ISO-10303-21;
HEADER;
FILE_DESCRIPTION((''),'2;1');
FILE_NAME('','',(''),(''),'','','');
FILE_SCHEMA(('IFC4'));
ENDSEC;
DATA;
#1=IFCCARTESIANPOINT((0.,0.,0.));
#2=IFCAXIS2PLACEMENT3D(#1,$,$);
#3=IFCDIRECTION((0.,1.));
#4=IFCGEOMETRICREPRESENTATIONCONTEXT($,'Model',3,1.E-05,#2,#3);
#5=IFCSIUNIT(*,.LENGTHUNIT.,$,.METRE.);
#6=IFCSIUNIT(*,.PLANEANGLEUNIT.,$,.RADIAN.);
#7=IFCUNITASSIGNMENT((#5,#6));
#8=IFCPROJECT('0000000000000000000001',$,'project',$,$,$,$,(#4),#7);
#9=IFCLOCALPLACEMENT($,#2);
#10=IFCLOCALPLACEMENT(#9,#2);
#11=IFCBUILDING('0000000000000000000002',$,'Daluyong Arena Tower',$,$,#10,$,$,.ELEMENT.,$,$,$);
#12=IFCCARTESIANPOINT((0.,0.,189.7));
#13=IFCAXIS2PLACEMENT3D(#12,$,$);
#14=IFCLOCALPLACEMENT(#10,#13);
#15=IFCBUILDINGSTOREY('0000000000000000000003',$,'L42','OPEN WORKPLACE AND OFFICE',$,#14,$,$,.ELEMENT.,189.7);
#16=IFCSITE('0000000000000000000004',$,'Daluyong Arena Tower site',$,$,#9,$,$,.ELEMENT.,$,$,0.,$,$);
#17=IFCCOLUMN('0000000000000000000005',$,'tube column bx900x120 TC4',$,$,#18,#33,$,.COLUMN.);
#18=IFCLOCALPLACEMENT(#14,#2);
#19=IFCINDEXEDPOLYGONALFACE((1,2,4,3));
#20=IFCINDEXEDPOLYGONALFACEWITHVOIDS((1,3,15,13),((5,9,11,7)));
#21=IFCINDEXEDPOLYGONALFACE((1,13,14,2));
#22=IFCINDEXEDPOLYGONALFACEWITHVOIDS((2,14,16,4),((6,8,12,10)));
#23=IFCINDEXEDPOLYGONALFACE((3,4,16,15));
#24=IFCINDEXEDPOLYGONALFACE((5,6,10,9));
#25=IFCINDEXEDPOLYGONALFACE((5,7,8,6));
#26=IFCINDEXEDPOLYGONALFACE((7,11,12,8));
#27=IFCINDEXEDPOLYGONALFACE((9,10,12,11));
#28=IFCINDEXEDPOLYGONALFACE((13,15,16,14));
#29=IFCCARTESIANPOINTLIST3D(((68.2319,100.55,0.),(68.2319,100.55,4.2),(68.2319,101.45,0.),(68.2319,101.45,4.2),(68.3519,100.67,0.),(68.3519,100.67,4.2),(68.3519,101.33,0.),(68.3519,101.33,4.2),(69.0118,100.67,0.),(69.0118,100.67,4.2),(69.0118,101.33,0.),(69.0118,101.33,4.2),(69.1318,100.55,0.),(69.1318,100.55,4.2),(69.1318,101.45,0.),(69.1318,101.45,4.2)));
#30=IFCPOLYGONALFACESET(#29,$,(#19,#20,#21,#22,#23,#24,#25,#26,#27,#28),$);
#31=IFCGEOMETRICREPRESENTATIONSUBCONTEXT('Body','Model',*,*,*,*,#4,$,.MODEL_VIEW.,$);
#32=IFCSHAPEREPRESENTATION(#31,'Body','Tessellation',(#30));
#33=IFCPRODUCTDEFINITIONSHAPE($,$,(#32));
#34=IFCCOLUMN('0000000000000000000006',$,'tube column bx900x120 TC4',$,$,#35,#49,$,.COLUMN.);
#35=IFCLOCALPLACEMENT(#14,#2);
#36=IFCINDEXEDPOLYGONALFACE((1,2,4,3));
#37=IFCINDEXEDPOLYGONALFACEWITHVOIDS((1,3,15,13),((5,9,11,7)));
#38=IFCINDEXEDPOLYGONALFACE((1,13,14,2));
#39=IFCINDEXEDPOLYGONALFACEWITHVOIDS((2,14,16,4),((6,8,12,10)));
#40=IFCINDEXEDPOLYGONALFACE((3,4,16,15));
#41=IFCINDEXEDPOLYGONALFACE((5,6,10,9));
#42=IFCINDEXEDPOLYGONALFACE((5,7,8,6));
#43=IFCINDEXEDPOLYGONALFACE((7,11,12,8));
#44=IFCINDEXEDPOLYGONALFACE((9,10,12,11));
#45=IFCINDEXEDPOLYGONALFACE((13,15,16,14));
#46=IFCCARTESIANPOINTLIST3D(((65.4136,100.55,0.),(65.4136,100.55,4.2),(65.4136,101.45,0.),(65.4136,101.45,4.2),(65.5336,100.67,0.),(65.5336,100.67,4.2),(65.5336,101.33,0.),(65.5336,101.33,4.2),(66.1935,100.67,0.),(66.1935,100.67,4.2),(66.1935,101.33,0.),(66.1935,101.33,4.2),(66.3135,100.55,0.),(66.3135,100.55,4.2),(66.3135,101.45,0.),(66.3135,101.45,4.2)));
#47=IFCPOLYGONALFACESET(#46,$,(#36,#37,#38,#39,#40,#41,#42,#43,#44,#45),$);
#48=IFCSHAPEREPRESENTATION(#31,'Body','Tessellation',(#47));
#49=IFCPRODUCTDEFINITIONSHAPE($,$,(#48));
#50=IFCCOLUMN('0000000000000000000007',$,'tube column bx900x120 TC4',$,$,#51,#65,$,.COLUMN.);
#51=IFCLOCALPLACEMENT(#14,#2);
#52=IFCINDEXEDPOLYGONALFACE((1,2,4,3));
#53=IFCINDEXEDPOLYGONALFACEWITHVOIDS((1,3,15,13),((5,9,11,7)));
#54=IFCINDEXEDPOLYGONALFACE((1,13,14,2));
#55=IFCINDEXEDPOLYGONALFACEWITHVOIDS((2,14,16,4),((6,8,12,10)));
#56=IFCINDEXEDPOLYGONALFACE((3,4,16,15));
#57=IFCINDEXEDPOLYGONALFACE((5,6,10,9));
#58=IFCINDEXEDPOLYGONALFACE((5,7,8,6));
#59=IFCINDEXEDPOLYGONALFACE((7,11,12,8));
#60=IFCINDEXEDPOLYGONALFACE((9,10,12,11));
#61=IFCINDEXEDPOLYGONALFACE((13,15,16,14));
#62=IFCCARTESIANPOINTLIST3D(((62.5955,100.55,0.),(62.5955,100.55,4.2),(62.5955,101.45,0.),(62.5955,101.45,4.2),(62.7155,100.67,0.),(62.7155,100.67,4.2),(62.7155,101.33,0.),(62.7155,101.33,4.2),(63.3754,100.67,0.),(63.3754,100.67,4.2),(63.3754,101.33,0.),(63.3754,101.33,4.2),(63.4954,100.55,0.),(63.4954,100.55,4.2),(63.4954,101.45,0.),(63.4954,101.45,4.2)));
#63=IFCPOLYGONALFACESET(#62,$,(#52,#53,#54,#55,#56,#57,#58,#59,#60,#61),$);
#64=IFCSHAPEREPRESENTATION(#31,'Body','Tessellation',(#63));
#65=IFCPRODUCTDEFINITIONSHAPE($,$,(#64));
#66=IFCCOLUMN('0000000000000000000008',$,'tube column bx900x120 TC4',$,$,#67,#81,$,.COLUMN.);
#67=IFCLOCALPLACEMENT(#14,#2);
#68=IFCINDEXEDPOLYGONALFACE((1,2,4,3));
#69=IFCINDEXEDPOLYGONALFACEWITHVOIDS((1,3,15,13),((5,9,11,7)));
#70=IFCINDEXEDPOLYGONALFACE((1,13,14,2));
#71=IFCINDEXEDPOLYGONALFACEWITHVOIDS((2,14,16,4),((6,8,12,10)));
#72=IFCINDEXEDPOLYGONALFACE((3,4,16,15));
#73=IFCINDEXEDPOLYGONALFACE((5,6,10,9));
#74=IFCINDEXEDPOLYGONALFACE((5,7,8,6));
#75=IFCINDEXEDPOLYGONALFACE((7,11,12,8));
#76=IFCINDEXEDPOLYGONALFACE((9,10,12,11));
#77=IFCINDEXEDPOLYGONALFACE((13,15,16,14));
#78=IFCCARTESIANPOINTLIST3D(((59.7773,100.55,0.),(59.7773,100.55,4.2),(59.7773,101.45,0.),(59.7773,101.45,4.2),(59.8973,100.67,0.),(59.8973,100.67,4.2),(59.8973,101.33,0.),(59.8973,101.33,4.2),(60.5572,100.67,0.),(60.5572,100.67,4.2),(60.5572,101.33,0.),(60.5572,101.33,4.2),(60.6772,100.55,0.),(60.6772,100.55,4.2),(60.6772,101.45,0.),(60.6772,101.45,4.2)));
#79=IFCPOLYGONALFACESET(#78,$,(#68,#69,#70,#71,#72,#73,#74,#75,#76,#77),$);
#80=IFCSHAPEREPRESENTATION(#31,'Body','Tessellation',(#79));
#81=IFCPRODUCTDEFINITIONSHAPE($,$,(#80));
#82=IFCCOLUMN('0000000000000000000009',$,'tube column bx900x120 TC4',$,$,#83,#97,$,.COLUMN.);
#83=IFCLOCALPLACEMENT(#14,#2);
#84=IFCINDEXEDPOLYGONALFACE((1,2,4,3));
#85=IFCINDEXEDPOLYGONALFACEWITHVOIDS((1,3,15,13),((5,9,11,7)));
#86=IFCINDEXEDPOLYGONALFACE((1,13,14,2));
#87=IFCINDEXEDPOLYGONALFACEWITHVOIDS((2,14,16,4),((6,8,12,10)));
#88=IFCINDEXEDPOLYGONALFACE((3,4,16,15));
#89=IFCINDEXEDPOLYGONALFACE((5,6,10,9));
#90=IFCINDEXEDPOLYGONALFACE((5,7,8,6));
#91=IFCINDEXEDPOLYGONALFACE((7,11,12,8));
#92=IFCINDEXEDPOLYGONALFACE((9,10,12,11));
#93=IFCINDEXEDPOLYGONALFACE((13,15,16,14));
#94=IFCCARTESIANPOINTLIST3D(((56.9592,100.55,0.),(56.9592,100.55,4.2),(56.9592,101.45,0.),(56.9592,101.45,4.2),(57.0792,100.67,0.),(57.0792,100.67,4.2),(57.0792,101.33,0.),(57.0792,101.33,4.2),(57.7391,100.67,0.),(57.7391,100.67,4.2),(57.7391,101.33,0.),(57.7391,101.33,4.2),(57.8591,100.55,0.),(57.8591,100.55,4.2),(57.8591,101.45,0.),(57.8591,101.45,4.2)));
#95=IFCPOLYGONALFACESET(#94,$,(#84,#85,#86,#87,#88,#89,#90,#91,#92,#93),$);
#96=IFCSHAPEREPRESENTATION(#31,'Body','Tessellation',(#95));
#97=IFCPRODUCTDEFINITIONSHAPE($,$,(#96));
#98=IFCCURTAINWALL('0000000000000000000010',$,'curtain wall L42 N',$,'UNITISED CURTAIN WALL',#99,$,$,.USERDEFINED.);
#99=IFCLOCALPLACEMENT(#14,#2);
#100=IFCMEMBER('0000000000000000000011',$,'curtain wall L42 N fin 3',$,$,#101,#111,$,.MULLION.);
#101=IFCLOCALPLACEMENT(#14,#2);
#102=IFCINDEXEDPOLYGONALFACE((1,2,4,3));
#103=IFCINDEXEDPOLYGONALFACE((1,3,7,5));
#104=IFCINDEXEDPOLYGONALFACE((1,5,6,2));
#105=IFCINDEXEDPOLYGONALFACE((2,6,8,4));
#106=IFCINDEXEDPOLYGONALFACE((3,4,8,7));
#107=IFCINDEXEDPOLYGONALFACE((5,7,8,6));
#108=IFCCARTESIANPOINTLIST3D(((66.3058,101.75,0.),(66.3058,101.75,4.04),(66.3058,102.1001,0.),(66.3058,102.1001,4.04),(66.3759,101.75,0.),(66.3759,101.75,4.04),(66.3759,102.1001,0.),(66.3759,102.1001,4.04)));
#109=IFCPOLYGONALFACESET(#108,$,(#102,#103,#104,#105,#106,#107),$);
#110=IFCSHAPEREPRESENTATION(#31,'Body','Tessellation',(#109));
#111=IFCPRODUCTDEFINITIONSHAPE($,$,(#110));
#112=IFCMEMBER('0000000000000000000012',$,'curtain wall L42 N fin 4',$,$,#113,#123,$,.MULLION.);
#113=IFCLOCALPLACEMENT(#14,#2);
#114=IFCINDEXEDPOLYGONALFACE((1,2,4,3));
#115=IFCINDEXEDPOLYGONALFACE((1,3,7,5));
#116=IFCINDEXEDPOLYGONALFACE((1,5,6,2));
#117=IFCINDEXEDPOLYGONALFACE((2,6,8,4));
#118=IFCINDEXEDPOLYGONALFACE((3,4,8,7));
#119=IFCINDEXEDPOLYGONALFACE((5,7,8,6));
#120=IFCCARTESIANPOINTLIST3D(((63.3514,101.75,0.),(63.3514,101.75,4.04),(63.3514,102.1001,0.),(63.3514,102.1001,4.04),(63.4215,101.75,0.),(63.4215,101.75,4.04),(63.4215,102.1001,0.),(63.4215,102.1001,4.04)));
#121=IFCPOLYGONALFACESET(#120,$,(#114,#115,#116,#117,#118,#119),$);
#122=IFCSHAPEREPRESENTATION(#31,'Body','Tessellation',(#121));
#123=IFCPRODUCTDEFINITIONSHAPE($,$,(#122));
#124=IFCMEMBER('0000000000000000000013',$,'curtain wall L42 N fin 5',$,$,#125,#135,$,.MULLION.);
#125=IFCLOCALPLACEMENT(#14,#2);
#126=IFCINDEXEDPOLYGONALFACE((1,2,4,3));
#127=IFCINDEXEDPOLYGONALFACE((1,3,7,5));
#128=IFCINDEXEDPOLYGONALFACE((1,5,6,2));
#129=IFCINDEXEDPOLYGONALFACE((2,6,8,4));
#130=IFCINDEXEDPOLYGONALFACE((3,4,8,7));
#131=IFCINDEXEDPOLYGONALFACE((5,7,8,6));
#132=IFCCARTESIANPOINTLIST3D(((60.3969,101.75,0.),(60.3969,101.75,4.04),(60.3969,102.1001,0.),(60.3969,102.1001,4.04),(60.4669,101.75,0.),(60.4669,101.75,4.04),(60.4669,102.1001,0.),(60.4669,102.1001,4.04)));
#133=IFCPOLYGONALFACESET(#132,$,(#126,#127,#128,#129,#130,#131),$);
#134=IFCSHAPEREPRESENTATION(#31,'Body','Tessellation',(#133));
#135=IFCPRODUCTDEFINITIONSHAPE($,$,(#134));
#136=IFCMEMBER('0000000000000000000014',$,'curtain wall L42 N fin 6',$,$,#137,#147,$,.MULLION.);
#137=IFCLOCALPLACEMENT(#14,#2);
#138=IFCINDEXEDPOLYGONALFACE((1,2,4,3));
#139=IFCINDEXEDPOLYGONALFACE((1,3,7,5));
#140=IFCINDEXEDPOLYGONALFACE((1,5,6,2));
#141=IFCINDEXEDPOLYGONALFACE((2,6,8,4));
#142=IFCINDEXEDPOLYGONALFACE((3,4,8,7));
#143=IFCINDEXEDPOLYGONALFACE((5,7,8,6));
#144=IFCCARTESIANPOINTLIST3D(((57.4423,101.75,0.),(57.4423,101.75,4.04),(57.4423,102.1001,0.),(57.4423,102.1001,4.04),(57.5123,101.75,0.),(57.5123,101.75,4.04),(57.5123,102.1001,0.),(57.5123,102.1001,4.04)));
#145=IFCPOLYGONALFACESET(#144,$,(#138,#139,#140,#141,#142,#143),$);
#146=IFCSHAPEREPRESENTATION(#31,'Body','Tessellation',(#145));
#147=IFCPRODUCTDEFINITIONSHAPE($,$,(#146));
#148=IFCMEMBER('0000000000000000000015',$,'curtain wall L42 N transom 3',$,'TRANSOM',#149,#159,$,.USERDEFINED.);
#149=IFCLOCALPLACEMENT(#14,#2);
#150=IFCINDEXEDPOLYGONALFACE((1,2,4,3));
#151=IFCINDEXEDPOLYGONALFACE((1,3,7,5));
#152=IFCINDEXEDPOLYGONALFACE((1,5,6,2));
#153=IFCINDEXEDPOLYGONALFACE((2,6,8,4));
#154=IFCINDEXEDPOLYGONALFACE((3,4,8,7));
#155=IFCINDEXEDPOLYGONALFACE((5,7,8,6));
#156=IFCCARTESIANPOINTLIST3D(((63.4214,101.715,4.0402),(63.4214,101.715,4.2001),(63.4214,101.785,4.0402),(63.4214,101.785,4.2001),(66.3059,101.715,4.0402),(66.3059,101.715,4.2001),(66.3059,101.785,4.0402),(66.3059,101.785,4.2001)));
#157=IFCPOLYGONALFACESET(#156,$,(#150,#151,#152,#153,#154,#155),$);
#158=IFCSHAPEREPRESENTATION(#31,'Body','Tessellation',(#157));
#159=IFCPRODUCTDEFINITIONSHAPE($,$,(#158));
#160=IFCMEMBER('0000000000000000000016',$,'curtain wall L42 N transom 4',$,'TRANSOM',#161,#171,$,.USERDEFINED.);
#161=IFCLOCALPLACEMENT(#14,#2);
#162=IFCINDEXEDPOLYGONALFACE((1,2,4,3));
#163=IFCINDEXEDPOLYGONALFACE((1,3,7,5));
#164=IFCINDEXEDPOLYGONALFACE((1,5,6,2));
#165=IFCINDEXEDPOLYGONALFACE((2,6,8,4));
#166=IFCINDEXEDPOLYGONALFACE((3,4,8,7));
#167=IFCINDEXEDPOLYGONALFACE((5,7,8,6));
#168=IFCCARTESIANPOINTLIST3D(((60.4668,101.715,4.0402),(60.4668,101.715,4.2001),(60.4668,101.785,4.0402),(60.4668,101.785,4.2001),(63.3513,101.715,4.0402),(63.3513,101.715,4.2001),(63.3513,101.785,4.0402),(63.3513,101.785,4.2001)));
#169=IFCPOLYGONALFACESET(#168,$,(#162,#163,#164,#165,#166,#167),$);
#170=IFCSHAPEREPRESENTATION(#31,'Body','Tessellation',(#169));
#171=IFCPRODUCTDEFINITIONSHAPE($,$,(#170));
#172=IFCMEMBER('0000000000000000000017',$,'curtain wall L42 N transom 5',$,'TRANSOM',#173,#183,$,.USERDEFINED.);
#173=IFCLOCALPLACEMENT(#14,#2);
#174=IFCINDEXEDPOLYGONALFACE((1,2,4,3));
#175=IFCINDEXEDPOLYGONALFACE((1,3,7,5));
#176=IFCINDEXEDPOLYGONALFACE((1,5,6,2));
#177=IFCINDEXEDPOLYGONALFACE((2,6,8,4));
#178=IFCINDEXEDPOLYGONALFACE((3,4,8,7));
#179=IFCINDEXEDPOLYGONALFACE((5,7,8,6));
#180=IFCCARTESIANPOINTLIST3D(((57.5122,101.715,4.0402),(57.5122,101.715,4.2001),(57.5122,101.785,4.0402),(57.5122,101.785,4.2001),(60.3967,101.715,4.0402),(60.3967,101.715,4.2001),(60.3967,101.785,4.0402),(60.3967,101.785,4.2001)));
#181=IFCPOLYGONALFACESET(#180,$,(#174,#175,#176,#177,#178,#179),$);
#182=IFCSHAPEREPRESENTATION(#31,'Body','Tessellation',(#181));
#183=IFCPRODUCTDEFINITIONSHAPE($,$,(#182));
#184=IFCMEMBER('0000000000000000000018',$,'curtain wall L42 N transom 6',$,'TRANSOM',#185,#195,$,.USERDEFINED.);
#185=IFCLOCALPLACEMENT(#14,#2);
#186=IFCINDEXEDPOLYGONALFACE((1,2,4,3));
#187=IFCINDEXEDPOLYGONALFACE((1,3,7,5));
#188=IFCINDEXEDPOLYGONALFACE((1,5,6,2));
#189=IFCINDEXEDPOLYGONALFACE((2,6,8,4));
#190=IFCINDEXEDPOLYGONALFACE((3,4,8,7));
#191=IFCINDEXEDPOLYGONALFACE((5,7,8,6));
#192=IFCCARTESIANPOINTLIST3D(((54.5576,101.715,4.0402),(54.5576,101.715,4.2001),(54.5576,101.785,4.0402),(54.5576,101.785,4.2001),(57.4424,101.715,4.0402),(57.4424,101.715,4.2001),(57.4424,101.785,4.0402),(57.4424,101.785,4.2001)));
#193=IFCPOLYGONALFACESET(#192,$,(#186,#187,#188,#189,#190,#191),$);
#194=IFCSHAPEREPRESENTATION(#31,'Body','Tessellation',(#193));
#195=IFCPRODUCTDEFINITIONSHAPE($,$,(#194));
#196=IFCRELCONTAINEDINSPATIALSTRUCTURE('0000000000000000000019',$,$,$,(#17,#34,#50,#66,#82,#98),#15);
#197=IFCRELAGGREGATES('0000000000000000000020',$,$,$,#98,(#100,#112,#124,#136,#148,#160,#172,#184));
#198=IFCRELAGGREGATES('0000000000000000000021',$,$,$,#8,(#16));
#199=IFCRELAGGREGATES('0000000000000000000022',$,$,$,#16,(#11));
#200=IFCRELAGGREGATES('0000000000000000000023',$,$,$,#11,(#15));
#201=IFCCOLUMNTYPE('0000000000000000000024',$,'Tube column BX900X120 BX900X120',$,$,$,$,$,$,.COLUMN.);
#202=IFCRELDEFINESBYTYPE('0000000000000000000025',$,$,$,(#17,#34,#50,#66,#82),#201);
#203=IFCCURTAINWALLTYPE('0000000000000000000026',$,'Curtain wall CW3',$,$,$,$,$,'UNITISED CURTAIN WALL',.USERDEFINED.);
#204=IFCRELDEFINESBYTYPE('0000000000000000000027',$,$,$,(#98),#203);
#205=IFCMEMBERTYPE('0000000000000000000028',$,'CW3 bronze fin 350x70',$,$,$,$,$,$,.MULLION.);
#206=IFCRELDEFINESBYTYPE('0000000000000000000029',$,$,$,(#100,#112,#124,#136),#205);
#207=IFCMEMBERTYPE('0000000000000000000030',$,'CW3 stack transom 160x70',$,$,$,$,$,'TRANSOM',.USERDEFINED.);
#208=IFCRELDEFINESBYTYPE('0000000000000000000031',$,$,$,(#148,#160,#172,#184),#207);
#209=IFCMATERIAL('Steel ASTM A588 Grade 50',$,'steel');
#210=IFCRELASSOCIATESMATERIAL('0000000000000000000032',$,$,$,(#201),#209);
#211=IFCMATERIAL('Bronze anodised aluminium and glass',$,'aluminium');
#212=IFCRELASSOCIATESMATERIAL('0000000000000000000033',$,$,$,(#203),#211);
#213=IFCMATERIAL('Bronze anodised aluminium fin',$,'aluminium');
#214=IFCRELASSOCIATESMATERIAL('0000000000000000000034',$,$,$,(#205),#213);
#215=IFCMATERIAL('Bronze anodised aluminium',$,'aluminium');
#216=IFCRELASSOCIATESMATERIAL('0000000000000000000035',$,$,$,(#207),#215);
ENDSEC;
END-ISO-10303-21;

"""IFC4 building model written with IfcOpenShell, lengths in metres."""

from ifc_helpers import new_model, si_unit, direction, frame, origin, origin_2d, place, context, subcontext, project, spatial, rectangle, hollow_rectangle, extrude, material, material_profile, profile_set, type_object, element, aggregate, save


model = new_model("IFC4")

# Units and contexts
model_context = context("Model", 3, precision=1e-05, world=origin(), true_north=direction((0.0, 1.0)))
body_context = subcontext(model_context, "Body", "Model", "MODEL_VIEW")
ifc_project = project(units=[si_unit("LENGTHUNIT", "METRE"), si_unit("PLANEANGLEUNIT", "RADIAN")], contexts=[model_context])

# Site, building, storey
site_placement = place(None, origin())
site = spatial("IfcSite", under=ifc_project, at=site_placement, Name="Daluyong Arena Tower site", CompositionType="ELEMENT", RefElevation=0.0)
building_placement = place(site_placement, origin())
building = spatial("IfcBuilding", under=site, at=building_placement, Name="Daluyong Arena Tower", CompositionType="ELEMENT")
storey_placement = place(building_placement, frame((0.0, 0.0, 189.7)))
storey = spatial("IfcBuildingStorey", under=building, at=storey_placement, Name="L42", Description="OPEN WORKPLACE AND OFFICE", CompositionType="ELEMENT", Elevation=189.7)

# Columns
ifc_material_1 = material(Name="Steel ASTM A588 Grade 50", Category="steel")
ifc_material_profile_1 = material_profile(ifc_material_1, hollow_rectangle(XDim=0.8999, YDim=0.8999, WallThickness=0.12, at=origin_2d()))
ifc_profile_set_1 = profile_set([ifc_material_profile_1], Name="Steel ASTM A588 Grade 50")
column_type = type_object("IfcColumnType", Name="Tube column BX900X120 BX900X120", PredefinedType="COLUMN", material=ifc_profile_set_1)
for number, where, z_axis, x_axis, name in (
    (1, (68.6819, 101.0, 0.0), (0.0, 0.0, 1.0), (1.0, 0.0, 0.0), "tube column bx900x120 TC4"),
    (2, (65.8635, 101.0, 0.0), (0.0, 0.0, 1.0), (1.0, 0.0, 0.0), "tube column bx900x120 TC4"),
    (3, (63.0454, 101.0, 0.0), (0.0, 0.0, 1.0), (1.0, 0.0, 0.0), "tube column bx900x120 TC4"),
    (4, (60.2273, 101.0, 0.0), (0.0, 0.0, 1.0), (1.0, 0.0, 0.0), "tube column bx900x120 TC4"),
    (5, (57.4092, 101.0, 0.0), (0.0, 0.0, 1.0), (1.0, 0.0, 0.0), "tube column bx900x120 TC4"),
):
    element("IfcColumn", number, at=place(storey_placement, frame(where, z_axis=z_axis, x_axis=x_axis)), inside=storey, type_object=column_type, Name=name, PredefinedType="COLUMN", context=body_context, shape_type="SweptSolid", body=[
        extrude(hollow_rectangle(XDim=0.8999, YDim=0.8999, WallThickness=0.12, at=origin_2d()), origin(), (0.0, 0.0, 1.0), 4.2),
    ])

# Curtain wall, members
ifc_material_2 = material(Name="Bronze anodised aluminium and glass", Category="aluminium")
curtain_wall_type = type_object("IfcCurtainWallType", Name="Curtain wall CW3", ElementType="UNITISED CURTAIN WALL", PredefinedType="USERDEFINED", material=ifc_material_2)
curtain_wall_placement = place(storey_placement, origin())
curtain_wall = element("IfcCurtainWall", 6, at=curtain_wall_placement, inside=storey, type_object=curtain_wall_type, Name="curtain wall L42 N", ObjectType="UNITISED CURTAIN WALL", PredefinedType="USERDEFINED")
ifc_material_3 = material(Name="Bronze anodised aluminium fin", Category="aluminium")
ifc_material_profile_2 = material_profile(ifc_material_3, rectangle(XDim=0.3501, YDim=0.0701, at=origin_2d()))
ifc_profile_set_2 = profile_set([ifc_material_profile_2], Name="Bronze anodised aluminium fin")
member_type_1 = type_object("IfcMemberType", Name="CW3 bronze fin 350x70", PredefinedType="MULLION", material=ifc_profile_set_2)
member_1_placement = place(storey_placement, frame((66.3408, 101.925, 0.0), z_axis=(0.0, 0.0, 1.0), x_axis=(0.0, -1.0, 0.0)))
member_1 = element("IfcMember", 7, at=member_1_placement, type_object=member_type_1, Name="curtain wall L42 N fin 3", PredefinedType="MULLION", context=body_context, shape_type="SweptSolid", body=[
    extrude(rectangle(XDim=0.3501, YDim=0.0701, at=origin_2d()), origin(), (0.0, 0.0, 1.0), 4.04),
])
member_2_placement = place(storey_placement, frame((63.3865, 101.925, 0.0), z_axis=(0.0, 0.0, 1.0), x_axis=(0.0, -1.0, 0.0)))
member_2 = element("IfcMember", 8, at=member_2_placement, type_object=member_type_1, Name="curtain wall L42 N fin 4", PredefinedType="MULLION", context=body_context, shape_type="SweptSolid", body=[
    extrude(rectangle(XDim=0.3501, YDim=0.0701, at=origin_2d()), origin(), (0.0, 0.0, 1.0), 4.04),
])
member_3_placement = place(storey_placement, frame((60.4319, 101.925, 0.0), z_axis=(0.0, 0.0, 1.0), x_axis=(0.0, -1.0, 0.0)))
member_3 = element("IfcMember", 9, at=member_3_placement, type_object=member_type_1, Name="curtain wall L42 N fin 5", PredefinedType="MULLION", context=body_context, shape_type="SweptSolid", body=[
    extrude(rectangle(XDim=0.3501, YDim=0.0701, at=origin_2d()), origin(), (0.0, 0.0, 1.0), 4.04),
])
member_4_placement = place(storey_placement, frame((57.4773, 101.925, 0.0), z_axis=(0.0, 0.0, 1.0), x_axis=(0.0, -1.0, 0.0)))
member_4 = element("IfcMember", 10, at=member_4_placement, type_object=member_type_1, Name="curtain wall L42 N fin 6", PredefinedType="MULLION", context=body_context, shape_type="SweptSolid", body=[
    extrude(rectangle(XDim=0.3501, YDim=0.0701, at=origin_2d()), origin(), (0.0, 0.0, 1.0), 4.04),
])
ifc_material_4 = material(Name="Bronze anodised aluminium", Category="aluminium")
ifc_material_profile_3 = material_profile(ifc_material_4, rectangle(XDim=0.0701, YDim=0.1599, at=origin_2d()))
ifc_profile_set_3 = profile_set([ifc_material_profile_3], Name="Bronze anodised aluminium")
member_type_2 = type_object("IfcMemberType", Name="CW3 stack transom 160x70", ElementType="TRANSOM", PredefinedType="USERDEFINED", material=ifc_profile_set_3)
member_5_placement = place(storey_placement, frame((66.3059, 101.75, 4.1201), z_axis=(-1.0, 0.0, 0.0), x_axis=(0.0, -1.0, 0.0)))
member_5 = element("IfcMember", 11, at=member_5_placement, type_object=member_type_2, Name="curtain wall L42 N transom 3", ObjectType="TRANSOM", PredefinedType="USERDEFINED", context=body_context, shape_type="SweptSolid", body=[
    extrude(rectangle(XDim=0.0701, YDim=0.1599, at=origin_2d()), origin(), (0.0, 0.0, 1.0), 2.8845),
])
member_6_placement = place(storey_placement, frame((63.3513, 101.75, 4.1201), z_axis=(-1.0, 0.0, 0.0), x_axis=(0.0, -1.0, 0.0)))
member_6 = element("IfcMember", 12, at=member_6_placement, type_object=member_type_2, Name="curtain wall L42 N transom 4", ObjectType="TRANSOM", PredefinedType="USERDEFINED", context=body_context, shape_type="SweptSolid", body=[
    extrude(rectangle(XDim=0.0701, YDim=0.1599, at=origin_2d()), origin(), (0.0, 0.0, 1.0), 2.8845),
])
member_7_placement = place(storey_placement, frame((60.3967, 101.75, 4.1201), z_axis=(-1.0, 0.0, 0.0), x_axis=(0.0, -1.0, 0.0)))
member_7 = element("IfcMember", 13, at=member_7_placement, type_object=member_type_2, Name="curtain wall L42 N transom 5", ObjectType="TRANSOM", PredefinedType="USERDEFINED", context=body_context, shape_type="SweptSolid", body=[
    extrude(rectangle(XDim=0.0701, YDim=0.1599, at=origin_2d()), origin(), (0.0, 0.0, 1.0), 2.8845),
])
member_8_placement = place(storey_placement, frame((57.4424, 101.75, 4.1201), z_axis=(-1.0, 0.0, 0.0), x_axis=(0.0, -1.0, 0.0)))
member_8 = element("IfcMember", 14, at=member_8_placement, type_object=member_type_2, Name="curtain wall L42 N transom 6", ObjectType="TRANSOM", PredefinedType="USERDEFINED", context=body_context, shape_type="SweptSolid", body=[
    extrude(rectangle(XDim=0.0701, YDim=0.1599, at=origin_2d()), origin(), (0.0, 0.0, 1.0), 2.8848),
])

aggregate(curtain_wall, [member_1, member_2, member_3, member_4, member_5, member_6, member_7, member_8])

save(model, "model.ifc")
